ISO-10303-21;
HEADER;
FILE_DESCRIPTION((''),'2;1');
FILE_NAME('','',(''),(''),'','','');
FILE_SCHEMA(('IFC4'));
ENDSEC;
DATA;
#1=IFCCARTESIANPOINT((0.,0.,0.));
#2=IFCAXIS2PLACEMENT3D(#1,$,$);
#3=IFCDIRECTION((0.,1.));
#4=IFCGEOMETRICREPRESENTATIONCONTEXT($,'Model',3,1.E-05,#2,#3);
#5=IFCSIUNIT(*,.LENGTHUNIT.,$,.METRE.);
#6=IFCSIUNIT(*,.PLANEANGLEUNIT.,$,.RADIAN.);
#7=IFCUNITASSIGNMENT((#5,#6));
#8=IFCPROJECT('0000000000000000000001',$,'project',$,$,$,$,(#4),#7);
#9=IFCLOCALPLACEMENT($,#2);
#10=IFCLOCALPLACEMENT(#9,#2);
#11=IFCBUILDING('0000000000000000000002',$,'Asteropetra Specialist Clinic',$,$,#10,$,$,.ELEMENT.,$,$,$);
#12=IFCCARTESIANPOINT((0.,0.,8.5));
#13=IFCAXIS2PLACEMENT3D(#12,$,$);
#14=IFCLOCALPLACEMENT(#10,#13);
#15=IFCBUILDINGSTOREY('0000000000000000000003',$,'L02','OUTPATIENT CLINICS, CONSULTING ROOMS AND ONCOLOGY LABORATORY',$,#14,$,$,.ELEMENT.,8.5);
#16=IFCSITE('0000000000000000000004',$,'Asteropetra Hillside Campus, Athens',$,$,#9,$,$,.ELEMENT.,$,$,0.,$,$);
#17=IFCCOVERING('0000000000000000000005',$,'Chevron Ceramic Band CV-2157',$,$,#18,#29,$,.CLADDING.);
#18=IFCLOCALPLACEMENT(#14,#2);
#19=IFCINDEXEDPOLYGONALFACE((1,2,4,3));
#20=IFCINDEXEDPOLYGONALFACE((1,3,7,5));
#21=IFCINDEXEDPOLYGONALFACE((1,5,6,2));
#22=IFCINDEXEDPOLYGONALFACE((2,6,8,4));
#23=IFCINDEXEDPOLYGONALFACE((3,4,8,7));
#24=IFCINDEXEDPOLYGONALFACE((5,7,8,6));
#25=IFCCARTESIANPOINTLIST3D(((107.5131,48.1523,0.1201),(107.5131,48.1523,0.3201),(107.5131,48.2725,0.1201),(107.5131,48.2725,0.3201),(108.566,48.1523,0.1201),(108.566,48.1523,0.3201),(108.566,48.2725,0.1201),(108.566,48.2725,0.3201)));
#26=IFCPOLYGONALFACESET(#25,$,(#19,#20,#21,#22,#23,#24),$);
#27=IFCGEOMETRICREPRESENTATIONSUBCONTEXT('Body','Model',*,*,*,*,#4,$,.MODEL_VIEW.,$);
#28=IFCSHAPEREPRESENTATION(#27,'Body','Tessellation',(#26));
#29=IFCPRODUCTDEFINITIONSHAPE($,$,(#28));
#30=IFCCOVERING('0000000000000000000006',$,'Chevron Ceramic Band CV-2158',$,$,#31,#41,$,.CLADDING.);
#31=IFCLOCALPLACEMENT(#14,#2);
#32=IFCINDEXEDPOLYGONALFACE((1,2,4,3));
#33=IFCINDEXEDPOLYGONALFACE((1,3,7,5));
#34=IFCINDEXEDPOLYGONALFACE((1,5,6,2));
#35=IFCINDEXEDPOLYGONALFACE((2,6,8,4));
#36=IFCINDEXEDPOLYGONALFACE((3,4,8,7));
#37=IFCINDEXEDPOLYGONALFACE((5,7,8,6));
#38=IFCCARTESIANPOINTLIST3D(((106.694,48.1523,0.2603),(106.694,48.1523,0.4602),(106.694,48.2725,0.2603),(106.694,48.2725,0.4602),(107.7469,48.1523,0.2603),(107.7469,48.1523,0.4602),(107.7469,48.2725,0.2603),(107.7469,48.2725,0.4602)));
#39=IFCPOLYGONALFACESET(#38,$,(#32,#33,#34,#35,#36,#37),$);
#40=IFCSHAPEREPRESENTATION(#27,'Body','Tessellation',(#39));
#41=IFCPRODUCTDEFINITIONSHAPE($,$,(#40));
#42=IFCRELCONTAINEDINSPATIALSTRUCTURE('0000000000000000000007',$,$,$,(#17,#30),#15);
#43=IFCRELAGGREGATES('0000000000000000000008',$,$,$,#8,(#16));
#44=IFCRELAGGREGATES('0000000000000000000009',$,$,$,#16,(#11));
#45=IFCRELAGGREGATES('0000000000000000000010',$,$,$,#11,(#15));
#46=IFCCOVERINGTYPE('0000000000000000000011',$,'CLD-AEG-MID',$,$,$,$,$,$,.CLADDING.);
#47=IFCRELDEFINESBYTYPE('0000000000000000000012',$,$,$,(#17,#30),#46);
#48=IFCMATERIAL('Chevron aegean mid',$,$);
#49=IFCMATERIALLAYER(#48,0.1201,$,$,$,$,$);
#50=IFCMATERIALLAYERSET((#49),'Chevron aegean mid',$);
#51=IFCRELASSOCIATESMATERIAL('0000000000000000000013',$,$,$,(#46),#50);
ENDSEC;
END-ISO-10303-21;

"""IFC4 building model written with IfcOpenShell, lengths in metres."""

from ifc_helpers import new_model, si_unit, direction, frame, origin, origin_2d, place, context, subcontext, project, spatial, rectangle, extrude, material, layer, layer_set, type_object, element, save


model = new_model("IFC4")

# Units and contexts
model_context = context("Model", 3, precision=1e-05, world=origin(), true_north=direction((0.0, 1.0)))
body_context = subcontext(model_context, "Body", "Model", "MODEL_VIEW")
ifc_project = project(units=[si_unit("LENGTHUNIT", "METRE"), si_unit("PLANEANGLEUNIT", "RADIAN")], contexts=[model_context])

# Site, building, storey
site_placement = place(None, origin())
site = spatial("IfcSite", under=ifc_project, at=site_placement, Name="Asteropetra Hillside Campus, Athens", CompositionType="ELEMENT", RefElevation=0.0)
building_placement = place(site_placement, origin())
building = spatial("IfcBuilding", under=site, at=building_placement, Name="Asteropetra Specialist Clinic", CompositionType="ELEMENT")
storey_placement = place(building_placement, frame((0.0, 0.0, 8.5)))
storey = spatial("IfcBuildingStorey", under=building, at=storey_placement, Name="L02", Description="OUTPATIENT CLINICS, CONSULTING ROOMS AND ONCOLOGY LABORATORY", CompositionType="ELEMENT", Elevation=8.5)

# Coverings
ifc_material_1 = material(Name="Chevron aegean mid")
ifc_layer = layer(ifc_material_1, 0.1201)
ifc_layer_set = layer_set([ifc_layer], Name="Chevron aegean mid")
covering_type = type_object("IfcCoveringType", Name="CLD-AEG-MID", PredefinedType="CLADDING", material=ifc_layer_set)
for number, where, z_axis, x_axis, name in (
    (1, (108.0396, 48.2124, 0.1201), (0.0, 0.0, 1.0), (1.0, 0.0, 0.0), "Chevron Ceramic Band CV-2157"),
    (2, (107.2205, 48.2124, 0.2603), (0.0, 0.0, 1.0), (1.0, 0.0, 0.0), "Chevron Ceramic Band CV-2158"),
):
    element("IfcCovering", number, at=place(storey_placement, frame(where, z_axis=z_axis, x_axis=x_axis)), inside=storey, type_object=covering_type, Name=name, PredefinedType="CLADDING", context=body_context, shape_type="SweptSolid", body=[
        extrude(rectangle(XDim=1.053, YDim=0.1201, at=origin_2d()), origin(), (0.0, 0.0, 1.0), 0.2),
    ])

save(model, "model.ifc")
